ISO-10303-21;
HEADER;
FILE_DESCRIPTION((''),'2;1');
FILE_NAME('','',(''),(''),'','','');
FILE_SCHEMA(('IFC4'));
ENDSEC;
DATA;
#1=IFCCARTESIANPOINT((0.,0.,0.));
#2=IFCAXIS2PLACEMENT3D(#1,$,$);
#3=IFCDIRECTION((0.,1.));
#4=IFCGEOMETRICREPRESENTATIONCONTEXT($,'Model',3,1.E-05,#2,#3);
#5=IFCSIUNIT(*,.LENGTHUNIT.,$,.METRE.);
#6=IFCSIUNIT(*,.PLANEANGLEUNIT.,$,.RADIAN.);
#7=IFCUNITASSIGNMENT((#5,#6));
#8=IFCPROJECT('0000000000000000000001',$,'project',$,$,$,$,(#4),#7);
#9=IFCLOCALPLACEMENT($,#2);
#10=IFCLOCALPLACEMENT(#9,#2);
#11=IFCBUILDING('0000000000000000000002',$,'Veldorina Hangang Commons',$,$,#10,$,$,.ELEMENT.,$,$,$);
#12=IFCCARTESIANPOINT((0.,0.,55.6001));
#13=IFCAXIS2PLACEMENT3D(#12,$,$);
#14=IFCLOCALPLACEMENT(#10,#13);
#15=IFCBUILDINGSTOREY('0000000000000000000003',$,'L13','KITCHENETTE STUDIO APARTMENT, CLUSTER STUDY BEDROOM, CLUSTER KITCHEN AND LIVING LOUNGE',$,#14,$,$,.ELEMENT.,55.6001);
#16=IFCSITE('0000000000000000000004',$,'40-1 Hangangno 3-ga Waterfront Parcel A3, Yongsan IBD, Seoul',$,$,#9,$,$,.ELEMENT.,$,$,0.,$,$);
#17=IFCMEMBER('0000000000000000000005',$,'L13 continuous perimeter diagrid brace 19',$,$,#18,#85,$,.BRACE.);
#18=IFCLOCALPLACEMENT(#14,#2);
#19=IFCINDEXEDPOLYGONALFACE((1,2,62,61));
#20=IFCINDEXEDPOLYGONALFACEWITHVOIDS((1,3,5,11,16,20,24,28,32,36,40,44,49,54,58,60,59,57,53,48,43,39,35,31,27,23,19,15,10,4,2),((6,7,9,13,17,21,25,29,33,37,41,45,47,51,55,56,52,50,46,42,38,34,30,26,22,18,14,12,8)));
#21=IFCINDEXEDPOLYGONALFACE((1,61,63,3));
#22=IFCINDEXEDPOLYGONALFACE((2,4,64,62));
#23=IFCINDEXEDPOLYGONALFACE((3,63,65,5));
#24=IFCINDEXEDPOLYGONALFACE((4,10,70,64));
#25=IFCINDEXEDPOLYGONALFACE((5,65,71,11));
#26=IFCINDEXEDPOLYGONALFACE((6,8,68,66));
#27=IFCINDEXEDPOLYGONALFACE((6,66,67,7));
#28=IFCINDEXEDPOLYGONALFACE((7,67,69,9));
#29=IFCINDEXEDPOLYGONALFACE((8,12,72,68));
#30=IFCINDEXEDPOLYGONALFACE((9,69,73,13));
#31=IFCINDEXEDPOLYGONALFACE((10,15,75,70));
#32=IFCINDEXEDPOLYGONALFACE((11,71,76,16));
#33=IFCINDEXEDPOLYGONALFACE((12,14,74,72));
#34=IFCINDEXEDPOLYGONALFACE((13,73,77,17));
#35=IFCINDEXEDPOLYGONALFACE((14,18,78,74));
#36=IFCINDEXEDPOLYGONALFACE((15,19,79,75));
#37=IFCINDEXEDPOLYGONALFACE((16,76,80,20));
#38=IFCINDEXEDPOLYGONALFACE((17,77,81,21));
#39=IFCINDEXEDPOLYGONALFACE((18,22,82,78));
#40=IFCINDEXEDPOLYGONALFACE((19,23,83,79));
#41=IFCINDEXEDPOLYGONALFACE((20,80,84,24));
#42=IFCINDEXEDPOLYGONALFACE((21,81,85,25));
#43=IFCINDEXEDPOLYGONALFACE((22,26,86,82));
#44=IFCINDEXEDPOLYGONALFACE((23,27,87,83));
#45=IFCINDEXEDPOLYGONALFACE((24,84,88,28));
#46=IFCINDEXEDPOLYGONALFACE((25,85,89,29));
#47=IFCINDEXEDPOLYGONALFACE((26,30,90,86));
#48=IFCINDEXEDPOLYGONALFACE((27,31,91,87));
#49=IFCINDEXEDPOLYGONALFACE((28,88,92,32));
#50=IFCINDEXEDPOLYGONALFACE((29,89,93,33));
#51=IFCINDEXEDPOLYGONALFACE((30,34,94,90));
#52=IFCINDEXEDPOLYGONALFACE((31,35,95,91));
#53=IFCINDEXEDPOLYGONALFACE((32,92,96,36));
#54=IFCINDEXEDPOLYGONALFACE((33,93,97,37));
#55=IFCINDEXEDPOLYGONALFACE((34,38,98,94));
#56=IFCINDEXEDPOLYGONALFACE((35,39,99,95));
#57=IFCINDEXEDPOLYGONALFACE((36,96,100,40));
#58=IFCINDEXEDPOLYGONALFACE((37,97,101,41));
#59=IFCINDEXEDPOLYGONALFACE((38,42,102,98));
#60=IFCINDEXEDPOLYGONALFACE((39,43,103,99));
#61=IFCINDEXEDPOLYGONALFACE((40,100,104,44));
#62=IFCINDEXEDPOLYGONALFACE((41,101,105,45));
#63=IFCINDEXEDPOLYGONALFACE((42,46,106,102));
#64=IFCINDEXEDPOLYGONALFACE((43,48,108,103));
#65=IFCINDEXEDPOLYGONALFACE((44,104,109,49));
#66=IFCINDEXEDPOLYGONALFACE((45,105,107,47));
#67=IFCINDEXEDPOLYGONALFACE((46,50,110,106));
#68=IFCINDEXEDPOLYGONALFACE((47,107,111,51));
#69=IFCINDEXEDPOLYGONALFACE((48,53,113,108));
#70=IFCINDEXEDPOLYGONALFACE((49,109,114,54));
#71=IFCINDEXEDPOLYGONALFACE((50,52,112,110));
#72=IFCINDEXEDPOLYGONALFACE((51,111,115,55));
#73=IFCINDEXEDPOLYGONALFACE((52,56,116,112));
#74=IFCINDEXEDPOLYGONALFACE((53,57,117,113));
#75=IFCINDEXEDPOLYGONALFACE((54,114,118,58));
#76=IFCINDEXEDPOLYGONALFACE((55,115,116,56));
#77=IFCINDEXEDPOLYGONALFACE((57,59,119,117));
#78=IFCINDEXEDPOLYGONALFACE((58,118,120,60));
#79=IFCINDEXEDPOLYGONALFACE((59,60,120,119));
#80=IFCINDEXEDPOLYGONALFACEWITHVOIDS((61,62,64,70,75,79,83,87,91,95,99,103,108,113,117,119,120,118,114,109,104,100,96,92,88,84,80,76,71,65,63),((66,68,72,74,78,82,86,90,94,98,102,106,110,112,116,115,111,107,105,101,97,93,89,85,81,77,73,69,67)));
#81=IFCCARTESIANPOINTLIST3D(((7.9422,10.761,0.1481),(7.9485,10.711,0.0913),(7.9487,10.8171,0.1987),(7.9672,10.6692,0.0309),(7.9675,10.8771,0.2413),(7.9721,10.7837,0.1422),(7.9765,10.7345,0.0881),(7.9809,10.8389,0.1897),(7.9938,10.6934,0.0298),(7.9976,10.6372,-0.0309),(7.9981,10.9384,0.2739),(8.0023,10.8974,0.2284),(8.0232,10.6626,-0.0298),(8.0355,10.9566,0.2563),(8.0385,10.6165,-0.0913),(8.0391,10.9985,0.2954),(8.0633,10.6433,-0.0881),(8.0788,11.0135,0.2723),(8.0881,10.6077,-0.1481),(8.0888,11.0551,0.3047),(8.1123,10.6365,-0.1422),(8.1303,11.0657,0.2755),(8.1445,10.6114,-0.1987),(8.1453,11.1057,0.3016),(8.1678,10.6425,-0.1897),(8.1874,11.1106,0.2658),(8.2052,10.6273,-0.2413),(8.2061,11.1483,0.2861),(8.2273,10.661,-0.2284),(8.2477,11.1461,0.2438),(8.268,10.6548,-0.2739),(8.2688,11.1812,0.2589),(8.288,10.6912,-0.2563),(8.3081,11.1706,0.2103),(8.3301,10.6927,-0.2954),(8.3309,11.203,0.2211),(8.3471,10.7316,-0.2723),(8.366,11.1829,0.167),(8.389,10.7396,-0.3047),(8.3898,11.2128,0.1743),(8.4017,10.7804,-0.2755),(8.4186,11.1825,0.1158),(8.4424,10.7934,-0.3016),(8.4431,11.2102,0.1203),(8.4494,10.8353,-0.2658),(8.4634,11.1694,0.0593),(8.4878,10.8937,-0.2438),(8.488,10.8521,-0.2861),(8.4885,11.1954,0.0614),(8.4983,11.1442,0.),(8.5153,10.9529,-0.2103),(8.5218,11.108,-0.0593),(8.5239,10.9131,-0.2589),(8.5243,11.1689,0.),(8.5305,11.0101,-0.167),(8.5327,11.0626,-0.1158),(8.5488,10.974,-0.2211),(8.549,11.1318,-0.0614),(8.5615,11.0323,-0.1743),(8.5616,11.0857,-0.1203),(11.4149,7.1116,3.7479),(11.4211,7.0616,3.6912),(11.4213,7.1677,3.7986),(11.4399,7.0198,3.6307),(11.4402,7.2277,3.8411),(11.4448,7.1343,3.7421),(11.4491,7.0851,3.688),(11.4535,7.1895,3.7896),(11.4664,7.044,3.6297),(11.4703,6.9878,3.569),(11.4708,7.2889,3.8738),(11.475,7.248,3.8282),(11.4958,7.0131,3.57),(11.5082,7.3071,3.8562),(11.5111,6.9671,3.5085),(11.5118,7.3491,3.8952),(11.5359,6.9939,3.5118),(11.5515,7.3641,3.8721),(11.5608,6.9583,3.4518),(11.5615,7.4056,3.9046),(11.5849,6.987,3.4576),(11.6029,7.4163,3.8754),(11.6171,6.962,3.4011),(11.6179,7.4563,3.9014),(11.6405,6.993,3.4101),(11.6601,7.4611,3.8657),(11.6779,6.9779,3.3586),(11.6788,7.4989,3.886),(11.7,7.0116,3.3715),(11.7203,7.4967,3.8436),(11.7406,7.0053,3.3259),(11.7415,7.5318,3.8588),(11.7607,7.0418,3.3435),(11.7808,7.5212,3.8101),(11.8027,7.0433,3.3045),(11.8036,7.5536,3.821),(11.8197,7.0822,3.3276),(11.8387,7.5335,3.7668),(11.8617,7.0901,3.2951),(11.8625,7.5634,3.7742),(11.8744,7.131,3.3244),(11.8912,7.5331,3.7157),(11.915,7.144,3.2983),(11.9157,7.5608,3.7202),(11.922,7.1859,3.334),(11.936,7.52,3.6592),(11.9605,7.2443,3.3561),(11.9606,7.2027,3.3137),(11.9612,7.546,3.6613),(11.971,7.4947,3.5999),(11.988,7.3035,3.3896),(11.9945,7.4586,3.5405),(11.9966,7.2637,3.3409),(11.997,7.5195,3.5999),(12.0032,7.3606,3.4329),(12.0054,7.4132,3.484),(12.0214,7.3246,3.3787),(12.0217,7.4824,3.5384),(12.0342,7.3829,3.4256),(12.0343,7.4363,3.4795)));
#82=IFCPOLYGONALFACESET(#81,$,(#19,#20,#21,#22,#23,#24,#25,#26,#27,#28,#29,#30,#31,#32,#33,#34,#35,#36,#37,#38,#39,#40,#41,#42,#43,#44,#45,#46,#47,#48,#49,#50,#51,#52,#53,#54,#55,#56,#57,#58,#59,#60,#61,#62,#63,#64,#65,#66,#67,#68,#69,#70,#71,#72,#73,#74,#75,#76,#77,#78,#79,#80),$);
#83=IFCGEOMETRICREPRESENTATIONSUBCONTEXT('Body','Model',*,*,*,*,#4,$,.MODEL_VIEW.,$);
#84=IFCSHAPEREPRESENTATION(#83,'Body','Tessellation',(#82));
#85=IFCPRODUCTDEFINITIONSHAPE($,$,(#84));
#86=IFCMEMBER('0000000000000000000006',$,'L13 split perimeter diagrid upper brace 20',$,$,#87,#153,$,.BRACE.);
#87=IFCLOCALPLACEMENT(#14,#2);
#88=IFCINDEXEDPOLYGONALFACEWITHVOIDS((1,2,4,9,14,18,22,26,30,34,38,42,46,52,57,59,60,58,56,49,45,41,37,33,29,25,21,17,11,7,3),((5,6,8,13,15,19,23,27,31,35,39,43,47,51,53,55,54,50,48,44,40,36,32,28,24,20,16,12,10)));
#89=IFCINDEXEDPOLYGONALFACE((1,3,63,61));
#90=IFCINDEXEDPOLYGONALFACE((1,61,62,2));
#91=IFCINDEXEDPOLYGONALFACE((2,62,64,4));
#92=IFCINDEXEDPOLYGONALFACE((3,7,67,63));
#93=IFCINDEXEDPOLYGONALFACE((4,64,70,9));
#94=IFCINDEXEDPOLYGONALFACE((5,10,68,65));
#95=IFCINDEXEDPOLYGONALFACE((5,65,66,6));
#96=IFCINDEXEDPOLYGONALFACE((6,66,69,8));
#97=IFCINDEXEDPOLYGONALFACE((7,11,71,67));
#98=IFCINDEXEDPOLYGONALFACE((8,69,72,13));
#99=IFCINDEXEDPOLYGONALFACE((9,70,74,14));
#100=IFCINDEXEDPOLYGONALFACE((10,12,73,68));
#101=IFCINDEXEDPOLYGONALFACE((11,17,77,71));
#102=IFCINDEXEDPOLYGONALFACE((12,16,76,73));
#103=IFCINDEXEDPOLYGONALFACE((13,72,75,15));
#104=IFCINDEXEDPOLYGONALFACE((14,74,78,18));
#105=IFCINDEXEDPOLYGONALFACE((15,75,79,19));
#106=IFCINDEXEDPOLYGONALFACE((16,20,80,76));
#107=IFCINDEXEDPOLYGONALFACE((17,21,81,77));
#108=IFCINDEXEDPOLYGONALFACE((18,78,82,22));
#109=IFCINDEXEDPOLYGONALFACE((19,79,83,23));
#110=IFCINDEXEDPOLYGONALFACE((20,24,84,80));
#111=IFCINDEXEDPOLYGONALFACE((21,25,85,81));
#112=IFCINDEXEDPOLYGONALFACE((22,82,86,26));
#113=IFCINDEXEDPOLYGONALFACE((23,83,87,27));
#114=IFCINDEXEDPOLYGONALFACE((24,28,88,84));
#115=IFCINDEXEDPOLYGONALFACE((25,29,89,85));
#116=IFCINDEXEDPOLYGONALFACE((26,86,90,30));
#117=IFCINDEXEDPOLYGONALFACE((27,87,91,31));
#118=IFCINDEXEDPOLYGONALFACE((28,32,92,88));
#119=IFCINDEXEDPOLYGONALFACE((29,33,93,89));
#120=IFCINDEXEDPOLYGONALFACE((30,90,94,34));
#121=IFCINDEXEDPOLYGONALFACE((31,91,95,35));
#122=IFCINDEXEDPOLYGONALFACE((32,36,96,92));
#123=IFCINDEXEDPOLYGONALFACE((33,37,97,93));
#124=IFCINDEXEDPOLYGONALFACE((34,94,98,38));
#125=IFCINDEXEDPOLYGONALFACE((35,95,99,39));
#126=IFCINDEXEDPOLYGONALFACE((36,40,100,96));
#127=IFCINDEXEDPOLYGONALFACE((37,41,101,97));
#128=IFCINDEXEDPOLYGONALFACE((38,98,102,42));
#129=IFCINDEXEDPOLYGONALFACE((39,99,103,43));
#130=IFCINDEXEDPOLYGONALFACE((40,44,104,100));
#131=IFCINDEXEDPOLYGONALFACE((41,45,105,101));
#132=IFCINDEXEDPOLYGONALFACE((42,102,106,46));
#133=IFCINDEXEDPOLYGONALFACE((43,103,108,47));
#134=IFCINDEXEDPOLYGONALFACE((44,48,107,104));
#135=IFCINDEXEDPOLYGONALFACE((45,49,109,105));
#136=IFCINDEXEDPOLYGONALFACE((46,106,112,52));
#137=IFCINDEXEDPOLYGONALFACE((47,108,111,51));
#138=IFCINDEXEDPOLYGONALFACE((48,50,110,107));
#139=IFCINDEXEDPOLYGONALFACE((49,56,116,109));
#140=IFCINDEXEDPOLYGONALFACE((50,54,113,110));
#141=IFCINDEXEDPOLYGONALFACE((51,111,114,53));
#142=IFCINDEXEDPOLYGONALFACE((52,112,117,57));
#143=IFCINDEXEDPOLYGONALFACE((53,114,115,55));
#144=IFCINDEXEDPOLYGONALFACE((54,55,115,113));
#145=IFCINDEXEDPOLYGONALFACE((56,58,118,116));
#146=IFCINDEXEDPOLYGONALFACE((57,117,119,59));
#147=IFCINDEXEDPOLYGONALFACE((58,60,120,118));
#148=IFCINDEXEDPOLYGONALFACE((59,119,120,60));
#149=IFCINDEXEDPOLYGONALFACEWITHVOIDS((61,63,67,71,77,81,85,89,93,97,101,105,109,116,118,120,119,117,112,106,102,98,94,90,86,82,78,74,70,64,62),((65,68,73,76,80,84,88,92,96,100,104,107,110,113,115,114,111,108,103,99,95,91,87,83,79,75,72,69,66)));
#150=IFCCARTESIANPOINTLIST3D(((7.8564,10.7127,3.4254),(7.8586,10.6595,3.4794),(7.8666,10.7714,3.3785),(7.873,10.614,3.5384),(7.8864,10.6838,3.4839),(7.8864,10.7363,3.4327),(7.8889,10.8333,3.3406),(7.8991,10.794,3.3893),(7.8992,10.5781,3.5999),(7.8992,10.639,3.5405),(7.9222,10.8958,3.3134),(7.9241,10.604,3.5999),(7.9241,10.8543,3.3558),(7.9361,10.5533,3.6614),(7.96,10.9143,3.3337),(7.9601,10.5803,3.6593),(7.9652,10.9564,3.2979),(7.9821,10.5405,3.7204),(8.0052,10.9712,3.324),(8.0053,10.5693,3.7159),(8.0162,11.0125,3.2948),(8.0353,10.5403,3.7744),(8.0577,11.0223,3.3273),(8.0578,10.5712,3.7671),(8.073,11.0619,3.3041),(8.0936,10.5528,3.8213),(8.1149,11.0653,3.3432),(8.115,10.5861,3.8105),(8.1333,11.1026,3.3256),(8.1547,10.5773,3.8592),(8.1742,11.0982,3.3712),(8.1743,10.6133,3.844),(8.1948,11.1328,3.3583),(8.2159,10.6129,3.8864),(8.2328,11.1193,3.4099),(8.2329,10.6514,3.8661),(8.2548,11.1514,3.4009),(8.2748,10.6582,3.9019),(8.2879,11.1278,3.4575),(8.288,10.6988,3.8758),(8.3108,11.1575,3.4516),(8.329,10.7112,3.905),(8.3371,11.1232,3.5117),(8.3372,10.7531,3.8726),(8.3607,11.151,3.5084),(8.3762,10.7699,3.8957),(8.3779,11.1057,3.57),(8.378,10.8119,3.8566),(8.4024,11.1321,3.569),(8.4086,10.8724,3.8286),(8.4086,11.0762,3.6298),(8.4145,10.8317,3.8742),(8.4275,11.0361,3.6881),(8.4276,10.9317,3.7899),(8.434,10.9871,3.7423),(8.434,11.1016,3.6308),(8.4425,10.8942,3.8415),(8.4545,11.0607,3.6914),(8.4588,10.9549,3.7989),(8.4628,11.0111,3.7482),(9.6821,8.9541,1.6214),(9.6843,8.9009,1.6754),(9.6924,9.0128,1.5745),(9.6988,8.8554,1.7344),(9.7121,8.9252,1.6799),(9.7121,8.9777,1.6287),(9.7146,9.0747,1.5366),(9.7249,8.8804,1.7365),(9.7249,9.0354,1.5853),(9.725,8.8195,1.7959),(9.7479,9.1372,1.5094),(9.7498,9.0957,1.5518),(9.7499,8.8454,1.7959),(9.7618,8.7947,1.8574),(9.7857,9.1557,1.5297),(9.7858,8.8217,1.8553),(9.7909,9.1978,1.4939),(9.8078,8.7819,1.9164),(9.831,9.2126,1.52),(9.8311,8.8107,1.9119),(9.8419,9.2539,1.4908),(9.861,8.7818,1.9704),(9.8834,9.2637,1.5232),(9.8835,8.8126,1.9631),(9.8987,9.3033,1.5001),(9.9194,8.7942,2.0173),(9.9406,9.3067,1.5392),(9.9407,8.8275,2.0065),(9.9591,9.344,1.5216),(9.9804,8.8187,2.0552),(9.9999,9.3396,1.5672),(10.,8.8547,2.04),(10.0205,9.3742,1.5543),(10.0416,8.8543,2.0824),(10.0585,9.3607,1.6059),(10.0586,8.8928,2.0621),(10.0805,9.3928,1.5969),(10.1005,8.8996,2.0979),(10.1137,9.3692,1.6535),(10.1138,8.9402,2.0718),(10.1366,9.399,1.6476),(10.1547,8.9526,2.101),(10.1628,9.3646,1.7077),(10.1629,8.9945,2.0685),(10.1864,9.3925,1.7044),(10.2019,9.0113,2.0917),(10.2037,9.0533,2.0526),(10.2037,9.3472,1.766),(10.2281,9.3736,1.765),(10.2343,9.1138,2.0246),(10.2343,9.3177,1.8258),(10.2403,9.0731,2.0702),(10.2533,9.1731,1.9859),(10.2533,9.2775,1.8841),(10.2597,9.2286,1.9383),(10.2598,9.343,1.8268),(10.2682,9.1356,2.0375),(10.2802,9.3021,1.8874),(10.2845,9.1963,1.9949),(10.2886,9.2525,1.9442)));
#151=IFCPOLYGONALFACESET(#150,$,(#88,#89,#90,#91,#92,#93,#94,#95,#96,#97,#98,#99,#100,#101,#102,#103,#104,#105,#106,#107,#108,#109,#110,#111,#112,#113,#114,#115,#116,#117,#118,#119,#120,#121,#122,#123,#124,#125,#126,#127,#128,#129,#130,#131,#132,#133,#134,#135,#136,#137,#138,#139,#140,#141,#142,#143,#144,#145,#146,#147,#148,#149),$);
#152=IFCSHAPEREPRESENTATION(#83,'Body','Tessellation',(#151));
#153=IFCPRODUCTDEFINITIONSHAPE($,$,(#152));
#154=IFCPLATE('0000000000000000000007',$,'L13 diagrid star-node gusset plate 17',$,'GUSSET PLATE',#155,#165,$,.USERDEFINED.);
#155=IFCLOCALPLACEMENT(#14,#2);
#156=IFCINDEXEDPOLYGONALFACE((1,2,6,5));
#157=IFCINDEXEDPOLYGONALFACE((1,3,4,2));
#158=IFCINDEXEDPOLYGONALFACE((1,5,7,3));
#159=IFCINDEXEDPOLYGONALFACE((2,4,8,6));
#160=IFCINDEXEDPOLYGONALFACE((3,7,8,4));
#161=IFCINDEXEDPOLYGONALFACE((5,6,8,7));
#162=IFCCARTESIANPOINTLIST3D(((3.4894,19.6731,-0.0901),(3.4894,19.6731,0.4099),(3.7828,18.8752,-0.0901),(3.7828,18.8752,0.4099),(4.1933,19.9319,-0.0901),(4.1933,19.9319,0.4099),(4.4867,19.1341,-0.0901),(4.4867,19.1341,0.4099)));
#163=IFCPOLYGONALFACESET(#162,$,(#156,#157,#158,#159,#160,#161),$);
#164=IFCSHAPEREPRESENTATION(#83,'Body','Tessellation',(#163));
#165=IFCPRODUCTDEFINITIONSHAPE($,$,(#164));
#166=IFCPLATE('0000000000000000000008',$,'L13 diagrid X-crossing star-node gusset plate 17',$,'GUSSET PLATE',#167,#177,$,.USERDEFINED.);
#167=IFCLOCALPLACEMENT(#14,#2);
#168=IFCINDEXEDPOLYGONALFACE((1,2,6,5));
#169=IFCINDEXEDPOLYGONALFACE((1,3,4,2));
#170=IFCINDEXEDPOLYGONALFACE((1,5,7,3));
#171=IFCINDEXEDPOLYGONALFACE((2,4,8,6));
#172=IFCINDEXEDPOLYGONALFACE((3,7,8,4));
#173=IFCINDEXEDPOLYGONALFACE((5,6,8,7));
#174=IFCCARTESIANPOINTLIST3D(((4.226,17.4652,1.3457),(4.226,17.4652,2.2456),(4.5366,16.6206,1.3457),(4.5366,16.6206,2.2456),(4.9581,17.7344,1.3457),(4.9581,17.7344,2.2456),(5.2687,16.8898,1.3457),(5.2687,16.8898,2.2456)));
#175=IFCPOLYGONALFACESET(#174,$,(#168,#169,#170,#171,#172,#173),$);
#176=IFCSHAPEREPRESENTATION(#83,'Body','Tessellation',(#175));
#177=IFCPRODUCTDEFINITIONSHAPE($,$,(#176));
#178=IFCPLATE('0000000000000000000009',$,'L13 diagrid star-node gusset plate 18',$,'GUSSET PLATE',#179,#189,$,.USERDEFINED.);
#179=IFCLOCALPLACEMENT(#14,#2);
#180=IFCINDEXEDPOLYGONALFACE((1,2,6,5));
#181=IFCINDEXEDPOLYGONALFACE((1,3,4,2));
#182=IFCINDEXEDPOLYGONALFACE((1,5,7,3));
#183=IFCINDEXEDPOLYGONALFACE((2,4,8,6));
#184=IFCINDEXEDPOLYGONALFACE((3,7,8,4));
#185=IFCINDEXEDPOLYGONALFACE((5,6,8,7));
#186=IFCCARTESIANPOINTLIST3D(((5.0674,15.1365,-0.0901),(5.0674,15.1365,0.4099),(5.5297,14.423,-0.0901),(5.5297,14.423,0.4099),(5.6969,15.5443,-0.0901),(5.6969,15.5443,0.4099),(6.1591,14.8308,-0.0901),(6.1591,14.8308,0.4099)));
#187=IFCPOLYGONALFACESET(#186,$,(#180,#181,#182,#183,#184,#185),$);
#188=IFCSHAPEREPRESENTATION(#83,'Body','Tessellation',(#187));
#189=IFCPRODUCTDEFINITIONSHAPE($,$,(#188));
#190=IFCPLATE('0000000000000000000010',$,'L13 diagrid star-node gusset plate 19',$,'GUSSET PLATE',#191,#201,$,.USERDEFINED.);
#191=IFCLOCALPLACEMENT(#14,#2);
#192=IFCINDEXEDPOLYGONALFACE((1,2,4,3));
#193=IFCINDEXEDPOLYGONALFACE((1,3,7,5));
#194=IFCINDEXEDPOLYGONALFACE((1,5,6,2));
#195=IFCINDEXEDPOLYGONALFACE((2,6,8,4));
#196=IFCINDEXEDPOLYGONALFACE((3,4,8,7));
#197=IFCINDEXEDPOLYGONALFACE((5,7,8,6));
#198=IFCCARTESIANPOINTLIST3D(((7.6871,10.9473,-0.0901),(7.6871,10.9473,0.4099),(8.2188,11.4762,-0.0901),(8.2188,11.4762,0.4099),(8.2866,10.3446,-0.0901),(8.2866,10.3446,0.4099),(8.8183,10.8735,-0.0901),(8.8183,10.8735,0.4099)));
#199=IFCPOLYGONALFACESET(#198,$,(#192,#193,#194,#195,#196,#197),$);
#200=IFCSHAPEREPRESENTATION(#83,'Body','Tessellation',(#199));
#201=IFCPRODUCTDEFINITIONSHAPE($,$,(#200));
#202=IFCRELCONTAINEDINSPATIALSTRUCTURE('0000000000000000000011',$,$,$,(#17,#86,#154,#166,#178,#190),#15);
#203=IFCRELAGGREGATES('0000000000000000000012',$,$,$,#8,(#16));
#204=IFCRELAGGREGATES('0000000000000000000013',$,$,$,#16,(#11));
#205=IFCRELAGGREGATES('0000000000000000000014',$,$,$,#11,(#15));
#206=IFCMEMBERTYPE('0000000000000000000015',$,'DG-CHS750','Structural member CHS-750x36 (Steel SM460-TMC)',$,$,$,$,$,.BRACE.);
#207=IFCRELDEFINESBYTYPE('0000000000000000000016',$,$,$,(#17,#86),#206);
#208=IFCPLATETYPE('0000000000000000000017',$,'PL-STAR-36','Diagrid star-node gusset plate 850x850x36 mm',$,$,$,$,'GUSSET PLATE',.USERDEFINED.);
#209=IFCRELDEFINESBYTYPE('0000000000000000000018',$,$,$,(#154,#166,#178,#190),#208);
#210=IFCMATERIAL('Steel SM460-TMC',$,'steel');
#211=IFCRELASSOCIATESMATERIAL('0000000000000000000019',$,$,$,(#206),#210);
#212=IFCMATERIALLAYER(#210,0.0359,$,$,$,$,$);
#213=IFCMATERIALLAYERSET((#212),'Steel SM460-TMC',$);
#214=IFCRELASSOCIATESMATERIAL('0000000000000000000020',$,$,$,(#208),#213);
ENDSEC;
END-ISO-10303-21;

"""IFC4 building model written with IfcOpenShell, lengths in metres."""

from ifc_helpers import new_model, si_unit, direction, frame, origin, origin_2d, place, context, subcontext, project, spatial, rectangle, hollow_circle, extrude, material, layer, layer_set, material_profile, profile_set, type_object, element, save


model = new_model("IFC4")

# Units and contexts
model_context = context("Model", 3, precision=1e-05, world=origin(), true_north=direction((0.0, 1.0)))
body_context = subcontext(model_context, "Body", "Model", "MODEL_VIEW")
ifc_project = project(units=[si_unit("LENGTHUNIT", "METRE"), si_unit("PLANEANGLEUNIT", "RADIAN")], contexts=[model_context])

# Site, building, storey
site_placement = place(None, origin())
site = spatial("IfcSite", under=ifc_project, at=site_placement, Name="40-1 Hangangno 3-ga Waterfront Parcel A3, Yongsan IBD, Seoul", CompositionType="ELEMENT", RefElevation=0.0)
building_placement = place(site_placement, origin())
building = spatial("IfcBuilding", under=site, at=building_placement, Name="Veldorina Hangang Commons", CompositionType="ELEMENT")
storey_placement = place(building_placement, frame((0.0, 0.0, 55.6001)))
storey = spatial("IfcBuildingStorey", under=building, at=storey_placement, Name="L13", Description="KITCHENETTE STUDIO APARTMENT, CLUSTER STUDY BEDROOM, CLUSTER KITCHEN AND LIVING LOUNGE", CompositionType="ELEMENT", Elevation=55.6001)

# Shared definitions
ifc_material_1 = material(Name="Steel SM460-TMC", Category="steel")

# Members
ifc_material_profile_1 = material_profile(ifc_material_1, hollow_circle(Radius=0.375, WallThickness=0.0359, at=origin_2d()), Name="CHS-750x36")
ifc_profile_set_1 = profile_set([ifc_material_profile_1], Name="Steel SM460-TMC")
member_type = type_object("IfcMemberType", Name="DG-CHS750", Description="Structural member CHS-750x36 (Steel SM460-TMC)", PredefinedType="BRACE", material=ifc_profile_set_1)
member_1_placement = place(storey_placement, frame((8.2527, 10.9104, 0.0), z_axis=(0.560861, -0.589409, 0.581405), x_axis=(0.724433, 0.689345, 0.0)))
element("IfcMember", 1, at=member_1_placement, inside=storey, type_object=member_type, Name="L13 continuous perimeter diagrid brace 19", PredefinedType="BRACE", context=body_context, shape_type="SweptSolid", body=[
    extrude(hollow_circle(Radius=0.375, WallThickness=0.0359, at=origin_2d()), origin(), (0.0, 0.0, 1.0), 6.1917),
])
member_2_placement = place(storey_placement, frame((9.9851, 9.0896, 1.7959), z_axis=(-0.586801, 0.565222, 0.579817), x_axis=(-0.69374, -0.720226, 0.0)))
element("IfcMember", 2, at=member_2_placement, inside=storey, type_object=member_type, Name="L13 split perimeter diagrid upper brace 20", PredefinedType="BRACE", context=body_context, shape_type="SweptSolid", body=[
    extrude(hollow_circle(Radius=0.375, WallThickness=0.0359, at=origin_2d()), origin(), (0.0, 0.0, 1.0), 3.1113),
])

# Plates
ifc_layer_1 = layer(ifc_material_1, 0.0359)
ifc_layer_set_1 = layer_set([ifc_layer_1], Name="Steel SM460-TMC")
plate_type = type_object("IfcPlateType", Name="PL-STAR-36", Description="Diagrid star-node gusset plate 850x850x36 mm", ElementType="GUSSET PLATE", PredefinedType="USERDEFINED", material=ifc_layer_set_1)
plate_1_placement = place(storey_placement, frame((3.988, 19.4036, -0.0901), z_axis=(0.0, 0.0, 1.0), x_axis=(0.345134, -0.938553, 0.0)))
element("IfcPlate", 3, at=plate_1_placement, inside=storey, type_object=plate_type, Name="L13 diagrid star-node gusset plate 17", ObjectType="GUSSET PLATE", PredefinedType="USERDEFINED", context=body_context, shape_type="SweptSolid", body=[
    extrude(rectangle(XDim=0.8501, YDim=0.75, at=origin_2d()), origin(), (0.0, 0.0, 1.0), 0.5),
])
plate_2_placement = place(storey_placement, frame((4.7473, 17.1775, 1.3457), z_axis=(0.0, 0.0, 1.0), x_axis=(0.345134, -0.938553, 0.0)))
element("IfcPlate", 4, at=plate_2_placement, inside=storey, type_object=plate_type, Name="L13 diagrid X-crossing star-node gusset plate 17", ObjectType="GUSSET PLATE", PredefinedType="USERDEFINED", context=body_context, shape_type="SweptSolid", body=[
    extrude(rectangle(XDim=0.8999, YDim=0.78, at=origin_2d()), origin(), (0.0, 0.0, 1.0), 0.8999),
])
for number, where, z_axis, x_axis, name in (
    (5, (5.6133, 14.9836, -0.0901), (0.0, 0.0, 1.0), (0.54376, -0.83924, 0.0), "L13 diagrid star-node gusset plate 18"),
    (6, (8.2527, 10.9104, -0.0901), (0.0, 0.0, 1.0), (0.705278, -0.708931, 0.0), "L13 diagrid star-node gusset plate 19"),
):
    element("IfcPlate", number, at=place(storey_placement, frame(where, z_axis=z_axis, x_axis=x_axis)), inside=storey, type_object=plate_type, Name=name, ObjectType="GUSSET PLATE", PredefinedType="USERDEFINED", context=body_context, shape_type="SweptSolid", body=[
        extrude(rectangle(XDim=0.8501, YDim=0.75, at=origin_2d()), origin(), (0.0, 0.0, 1.0), 0.5),
    ])

save(model, "model.ifc")
